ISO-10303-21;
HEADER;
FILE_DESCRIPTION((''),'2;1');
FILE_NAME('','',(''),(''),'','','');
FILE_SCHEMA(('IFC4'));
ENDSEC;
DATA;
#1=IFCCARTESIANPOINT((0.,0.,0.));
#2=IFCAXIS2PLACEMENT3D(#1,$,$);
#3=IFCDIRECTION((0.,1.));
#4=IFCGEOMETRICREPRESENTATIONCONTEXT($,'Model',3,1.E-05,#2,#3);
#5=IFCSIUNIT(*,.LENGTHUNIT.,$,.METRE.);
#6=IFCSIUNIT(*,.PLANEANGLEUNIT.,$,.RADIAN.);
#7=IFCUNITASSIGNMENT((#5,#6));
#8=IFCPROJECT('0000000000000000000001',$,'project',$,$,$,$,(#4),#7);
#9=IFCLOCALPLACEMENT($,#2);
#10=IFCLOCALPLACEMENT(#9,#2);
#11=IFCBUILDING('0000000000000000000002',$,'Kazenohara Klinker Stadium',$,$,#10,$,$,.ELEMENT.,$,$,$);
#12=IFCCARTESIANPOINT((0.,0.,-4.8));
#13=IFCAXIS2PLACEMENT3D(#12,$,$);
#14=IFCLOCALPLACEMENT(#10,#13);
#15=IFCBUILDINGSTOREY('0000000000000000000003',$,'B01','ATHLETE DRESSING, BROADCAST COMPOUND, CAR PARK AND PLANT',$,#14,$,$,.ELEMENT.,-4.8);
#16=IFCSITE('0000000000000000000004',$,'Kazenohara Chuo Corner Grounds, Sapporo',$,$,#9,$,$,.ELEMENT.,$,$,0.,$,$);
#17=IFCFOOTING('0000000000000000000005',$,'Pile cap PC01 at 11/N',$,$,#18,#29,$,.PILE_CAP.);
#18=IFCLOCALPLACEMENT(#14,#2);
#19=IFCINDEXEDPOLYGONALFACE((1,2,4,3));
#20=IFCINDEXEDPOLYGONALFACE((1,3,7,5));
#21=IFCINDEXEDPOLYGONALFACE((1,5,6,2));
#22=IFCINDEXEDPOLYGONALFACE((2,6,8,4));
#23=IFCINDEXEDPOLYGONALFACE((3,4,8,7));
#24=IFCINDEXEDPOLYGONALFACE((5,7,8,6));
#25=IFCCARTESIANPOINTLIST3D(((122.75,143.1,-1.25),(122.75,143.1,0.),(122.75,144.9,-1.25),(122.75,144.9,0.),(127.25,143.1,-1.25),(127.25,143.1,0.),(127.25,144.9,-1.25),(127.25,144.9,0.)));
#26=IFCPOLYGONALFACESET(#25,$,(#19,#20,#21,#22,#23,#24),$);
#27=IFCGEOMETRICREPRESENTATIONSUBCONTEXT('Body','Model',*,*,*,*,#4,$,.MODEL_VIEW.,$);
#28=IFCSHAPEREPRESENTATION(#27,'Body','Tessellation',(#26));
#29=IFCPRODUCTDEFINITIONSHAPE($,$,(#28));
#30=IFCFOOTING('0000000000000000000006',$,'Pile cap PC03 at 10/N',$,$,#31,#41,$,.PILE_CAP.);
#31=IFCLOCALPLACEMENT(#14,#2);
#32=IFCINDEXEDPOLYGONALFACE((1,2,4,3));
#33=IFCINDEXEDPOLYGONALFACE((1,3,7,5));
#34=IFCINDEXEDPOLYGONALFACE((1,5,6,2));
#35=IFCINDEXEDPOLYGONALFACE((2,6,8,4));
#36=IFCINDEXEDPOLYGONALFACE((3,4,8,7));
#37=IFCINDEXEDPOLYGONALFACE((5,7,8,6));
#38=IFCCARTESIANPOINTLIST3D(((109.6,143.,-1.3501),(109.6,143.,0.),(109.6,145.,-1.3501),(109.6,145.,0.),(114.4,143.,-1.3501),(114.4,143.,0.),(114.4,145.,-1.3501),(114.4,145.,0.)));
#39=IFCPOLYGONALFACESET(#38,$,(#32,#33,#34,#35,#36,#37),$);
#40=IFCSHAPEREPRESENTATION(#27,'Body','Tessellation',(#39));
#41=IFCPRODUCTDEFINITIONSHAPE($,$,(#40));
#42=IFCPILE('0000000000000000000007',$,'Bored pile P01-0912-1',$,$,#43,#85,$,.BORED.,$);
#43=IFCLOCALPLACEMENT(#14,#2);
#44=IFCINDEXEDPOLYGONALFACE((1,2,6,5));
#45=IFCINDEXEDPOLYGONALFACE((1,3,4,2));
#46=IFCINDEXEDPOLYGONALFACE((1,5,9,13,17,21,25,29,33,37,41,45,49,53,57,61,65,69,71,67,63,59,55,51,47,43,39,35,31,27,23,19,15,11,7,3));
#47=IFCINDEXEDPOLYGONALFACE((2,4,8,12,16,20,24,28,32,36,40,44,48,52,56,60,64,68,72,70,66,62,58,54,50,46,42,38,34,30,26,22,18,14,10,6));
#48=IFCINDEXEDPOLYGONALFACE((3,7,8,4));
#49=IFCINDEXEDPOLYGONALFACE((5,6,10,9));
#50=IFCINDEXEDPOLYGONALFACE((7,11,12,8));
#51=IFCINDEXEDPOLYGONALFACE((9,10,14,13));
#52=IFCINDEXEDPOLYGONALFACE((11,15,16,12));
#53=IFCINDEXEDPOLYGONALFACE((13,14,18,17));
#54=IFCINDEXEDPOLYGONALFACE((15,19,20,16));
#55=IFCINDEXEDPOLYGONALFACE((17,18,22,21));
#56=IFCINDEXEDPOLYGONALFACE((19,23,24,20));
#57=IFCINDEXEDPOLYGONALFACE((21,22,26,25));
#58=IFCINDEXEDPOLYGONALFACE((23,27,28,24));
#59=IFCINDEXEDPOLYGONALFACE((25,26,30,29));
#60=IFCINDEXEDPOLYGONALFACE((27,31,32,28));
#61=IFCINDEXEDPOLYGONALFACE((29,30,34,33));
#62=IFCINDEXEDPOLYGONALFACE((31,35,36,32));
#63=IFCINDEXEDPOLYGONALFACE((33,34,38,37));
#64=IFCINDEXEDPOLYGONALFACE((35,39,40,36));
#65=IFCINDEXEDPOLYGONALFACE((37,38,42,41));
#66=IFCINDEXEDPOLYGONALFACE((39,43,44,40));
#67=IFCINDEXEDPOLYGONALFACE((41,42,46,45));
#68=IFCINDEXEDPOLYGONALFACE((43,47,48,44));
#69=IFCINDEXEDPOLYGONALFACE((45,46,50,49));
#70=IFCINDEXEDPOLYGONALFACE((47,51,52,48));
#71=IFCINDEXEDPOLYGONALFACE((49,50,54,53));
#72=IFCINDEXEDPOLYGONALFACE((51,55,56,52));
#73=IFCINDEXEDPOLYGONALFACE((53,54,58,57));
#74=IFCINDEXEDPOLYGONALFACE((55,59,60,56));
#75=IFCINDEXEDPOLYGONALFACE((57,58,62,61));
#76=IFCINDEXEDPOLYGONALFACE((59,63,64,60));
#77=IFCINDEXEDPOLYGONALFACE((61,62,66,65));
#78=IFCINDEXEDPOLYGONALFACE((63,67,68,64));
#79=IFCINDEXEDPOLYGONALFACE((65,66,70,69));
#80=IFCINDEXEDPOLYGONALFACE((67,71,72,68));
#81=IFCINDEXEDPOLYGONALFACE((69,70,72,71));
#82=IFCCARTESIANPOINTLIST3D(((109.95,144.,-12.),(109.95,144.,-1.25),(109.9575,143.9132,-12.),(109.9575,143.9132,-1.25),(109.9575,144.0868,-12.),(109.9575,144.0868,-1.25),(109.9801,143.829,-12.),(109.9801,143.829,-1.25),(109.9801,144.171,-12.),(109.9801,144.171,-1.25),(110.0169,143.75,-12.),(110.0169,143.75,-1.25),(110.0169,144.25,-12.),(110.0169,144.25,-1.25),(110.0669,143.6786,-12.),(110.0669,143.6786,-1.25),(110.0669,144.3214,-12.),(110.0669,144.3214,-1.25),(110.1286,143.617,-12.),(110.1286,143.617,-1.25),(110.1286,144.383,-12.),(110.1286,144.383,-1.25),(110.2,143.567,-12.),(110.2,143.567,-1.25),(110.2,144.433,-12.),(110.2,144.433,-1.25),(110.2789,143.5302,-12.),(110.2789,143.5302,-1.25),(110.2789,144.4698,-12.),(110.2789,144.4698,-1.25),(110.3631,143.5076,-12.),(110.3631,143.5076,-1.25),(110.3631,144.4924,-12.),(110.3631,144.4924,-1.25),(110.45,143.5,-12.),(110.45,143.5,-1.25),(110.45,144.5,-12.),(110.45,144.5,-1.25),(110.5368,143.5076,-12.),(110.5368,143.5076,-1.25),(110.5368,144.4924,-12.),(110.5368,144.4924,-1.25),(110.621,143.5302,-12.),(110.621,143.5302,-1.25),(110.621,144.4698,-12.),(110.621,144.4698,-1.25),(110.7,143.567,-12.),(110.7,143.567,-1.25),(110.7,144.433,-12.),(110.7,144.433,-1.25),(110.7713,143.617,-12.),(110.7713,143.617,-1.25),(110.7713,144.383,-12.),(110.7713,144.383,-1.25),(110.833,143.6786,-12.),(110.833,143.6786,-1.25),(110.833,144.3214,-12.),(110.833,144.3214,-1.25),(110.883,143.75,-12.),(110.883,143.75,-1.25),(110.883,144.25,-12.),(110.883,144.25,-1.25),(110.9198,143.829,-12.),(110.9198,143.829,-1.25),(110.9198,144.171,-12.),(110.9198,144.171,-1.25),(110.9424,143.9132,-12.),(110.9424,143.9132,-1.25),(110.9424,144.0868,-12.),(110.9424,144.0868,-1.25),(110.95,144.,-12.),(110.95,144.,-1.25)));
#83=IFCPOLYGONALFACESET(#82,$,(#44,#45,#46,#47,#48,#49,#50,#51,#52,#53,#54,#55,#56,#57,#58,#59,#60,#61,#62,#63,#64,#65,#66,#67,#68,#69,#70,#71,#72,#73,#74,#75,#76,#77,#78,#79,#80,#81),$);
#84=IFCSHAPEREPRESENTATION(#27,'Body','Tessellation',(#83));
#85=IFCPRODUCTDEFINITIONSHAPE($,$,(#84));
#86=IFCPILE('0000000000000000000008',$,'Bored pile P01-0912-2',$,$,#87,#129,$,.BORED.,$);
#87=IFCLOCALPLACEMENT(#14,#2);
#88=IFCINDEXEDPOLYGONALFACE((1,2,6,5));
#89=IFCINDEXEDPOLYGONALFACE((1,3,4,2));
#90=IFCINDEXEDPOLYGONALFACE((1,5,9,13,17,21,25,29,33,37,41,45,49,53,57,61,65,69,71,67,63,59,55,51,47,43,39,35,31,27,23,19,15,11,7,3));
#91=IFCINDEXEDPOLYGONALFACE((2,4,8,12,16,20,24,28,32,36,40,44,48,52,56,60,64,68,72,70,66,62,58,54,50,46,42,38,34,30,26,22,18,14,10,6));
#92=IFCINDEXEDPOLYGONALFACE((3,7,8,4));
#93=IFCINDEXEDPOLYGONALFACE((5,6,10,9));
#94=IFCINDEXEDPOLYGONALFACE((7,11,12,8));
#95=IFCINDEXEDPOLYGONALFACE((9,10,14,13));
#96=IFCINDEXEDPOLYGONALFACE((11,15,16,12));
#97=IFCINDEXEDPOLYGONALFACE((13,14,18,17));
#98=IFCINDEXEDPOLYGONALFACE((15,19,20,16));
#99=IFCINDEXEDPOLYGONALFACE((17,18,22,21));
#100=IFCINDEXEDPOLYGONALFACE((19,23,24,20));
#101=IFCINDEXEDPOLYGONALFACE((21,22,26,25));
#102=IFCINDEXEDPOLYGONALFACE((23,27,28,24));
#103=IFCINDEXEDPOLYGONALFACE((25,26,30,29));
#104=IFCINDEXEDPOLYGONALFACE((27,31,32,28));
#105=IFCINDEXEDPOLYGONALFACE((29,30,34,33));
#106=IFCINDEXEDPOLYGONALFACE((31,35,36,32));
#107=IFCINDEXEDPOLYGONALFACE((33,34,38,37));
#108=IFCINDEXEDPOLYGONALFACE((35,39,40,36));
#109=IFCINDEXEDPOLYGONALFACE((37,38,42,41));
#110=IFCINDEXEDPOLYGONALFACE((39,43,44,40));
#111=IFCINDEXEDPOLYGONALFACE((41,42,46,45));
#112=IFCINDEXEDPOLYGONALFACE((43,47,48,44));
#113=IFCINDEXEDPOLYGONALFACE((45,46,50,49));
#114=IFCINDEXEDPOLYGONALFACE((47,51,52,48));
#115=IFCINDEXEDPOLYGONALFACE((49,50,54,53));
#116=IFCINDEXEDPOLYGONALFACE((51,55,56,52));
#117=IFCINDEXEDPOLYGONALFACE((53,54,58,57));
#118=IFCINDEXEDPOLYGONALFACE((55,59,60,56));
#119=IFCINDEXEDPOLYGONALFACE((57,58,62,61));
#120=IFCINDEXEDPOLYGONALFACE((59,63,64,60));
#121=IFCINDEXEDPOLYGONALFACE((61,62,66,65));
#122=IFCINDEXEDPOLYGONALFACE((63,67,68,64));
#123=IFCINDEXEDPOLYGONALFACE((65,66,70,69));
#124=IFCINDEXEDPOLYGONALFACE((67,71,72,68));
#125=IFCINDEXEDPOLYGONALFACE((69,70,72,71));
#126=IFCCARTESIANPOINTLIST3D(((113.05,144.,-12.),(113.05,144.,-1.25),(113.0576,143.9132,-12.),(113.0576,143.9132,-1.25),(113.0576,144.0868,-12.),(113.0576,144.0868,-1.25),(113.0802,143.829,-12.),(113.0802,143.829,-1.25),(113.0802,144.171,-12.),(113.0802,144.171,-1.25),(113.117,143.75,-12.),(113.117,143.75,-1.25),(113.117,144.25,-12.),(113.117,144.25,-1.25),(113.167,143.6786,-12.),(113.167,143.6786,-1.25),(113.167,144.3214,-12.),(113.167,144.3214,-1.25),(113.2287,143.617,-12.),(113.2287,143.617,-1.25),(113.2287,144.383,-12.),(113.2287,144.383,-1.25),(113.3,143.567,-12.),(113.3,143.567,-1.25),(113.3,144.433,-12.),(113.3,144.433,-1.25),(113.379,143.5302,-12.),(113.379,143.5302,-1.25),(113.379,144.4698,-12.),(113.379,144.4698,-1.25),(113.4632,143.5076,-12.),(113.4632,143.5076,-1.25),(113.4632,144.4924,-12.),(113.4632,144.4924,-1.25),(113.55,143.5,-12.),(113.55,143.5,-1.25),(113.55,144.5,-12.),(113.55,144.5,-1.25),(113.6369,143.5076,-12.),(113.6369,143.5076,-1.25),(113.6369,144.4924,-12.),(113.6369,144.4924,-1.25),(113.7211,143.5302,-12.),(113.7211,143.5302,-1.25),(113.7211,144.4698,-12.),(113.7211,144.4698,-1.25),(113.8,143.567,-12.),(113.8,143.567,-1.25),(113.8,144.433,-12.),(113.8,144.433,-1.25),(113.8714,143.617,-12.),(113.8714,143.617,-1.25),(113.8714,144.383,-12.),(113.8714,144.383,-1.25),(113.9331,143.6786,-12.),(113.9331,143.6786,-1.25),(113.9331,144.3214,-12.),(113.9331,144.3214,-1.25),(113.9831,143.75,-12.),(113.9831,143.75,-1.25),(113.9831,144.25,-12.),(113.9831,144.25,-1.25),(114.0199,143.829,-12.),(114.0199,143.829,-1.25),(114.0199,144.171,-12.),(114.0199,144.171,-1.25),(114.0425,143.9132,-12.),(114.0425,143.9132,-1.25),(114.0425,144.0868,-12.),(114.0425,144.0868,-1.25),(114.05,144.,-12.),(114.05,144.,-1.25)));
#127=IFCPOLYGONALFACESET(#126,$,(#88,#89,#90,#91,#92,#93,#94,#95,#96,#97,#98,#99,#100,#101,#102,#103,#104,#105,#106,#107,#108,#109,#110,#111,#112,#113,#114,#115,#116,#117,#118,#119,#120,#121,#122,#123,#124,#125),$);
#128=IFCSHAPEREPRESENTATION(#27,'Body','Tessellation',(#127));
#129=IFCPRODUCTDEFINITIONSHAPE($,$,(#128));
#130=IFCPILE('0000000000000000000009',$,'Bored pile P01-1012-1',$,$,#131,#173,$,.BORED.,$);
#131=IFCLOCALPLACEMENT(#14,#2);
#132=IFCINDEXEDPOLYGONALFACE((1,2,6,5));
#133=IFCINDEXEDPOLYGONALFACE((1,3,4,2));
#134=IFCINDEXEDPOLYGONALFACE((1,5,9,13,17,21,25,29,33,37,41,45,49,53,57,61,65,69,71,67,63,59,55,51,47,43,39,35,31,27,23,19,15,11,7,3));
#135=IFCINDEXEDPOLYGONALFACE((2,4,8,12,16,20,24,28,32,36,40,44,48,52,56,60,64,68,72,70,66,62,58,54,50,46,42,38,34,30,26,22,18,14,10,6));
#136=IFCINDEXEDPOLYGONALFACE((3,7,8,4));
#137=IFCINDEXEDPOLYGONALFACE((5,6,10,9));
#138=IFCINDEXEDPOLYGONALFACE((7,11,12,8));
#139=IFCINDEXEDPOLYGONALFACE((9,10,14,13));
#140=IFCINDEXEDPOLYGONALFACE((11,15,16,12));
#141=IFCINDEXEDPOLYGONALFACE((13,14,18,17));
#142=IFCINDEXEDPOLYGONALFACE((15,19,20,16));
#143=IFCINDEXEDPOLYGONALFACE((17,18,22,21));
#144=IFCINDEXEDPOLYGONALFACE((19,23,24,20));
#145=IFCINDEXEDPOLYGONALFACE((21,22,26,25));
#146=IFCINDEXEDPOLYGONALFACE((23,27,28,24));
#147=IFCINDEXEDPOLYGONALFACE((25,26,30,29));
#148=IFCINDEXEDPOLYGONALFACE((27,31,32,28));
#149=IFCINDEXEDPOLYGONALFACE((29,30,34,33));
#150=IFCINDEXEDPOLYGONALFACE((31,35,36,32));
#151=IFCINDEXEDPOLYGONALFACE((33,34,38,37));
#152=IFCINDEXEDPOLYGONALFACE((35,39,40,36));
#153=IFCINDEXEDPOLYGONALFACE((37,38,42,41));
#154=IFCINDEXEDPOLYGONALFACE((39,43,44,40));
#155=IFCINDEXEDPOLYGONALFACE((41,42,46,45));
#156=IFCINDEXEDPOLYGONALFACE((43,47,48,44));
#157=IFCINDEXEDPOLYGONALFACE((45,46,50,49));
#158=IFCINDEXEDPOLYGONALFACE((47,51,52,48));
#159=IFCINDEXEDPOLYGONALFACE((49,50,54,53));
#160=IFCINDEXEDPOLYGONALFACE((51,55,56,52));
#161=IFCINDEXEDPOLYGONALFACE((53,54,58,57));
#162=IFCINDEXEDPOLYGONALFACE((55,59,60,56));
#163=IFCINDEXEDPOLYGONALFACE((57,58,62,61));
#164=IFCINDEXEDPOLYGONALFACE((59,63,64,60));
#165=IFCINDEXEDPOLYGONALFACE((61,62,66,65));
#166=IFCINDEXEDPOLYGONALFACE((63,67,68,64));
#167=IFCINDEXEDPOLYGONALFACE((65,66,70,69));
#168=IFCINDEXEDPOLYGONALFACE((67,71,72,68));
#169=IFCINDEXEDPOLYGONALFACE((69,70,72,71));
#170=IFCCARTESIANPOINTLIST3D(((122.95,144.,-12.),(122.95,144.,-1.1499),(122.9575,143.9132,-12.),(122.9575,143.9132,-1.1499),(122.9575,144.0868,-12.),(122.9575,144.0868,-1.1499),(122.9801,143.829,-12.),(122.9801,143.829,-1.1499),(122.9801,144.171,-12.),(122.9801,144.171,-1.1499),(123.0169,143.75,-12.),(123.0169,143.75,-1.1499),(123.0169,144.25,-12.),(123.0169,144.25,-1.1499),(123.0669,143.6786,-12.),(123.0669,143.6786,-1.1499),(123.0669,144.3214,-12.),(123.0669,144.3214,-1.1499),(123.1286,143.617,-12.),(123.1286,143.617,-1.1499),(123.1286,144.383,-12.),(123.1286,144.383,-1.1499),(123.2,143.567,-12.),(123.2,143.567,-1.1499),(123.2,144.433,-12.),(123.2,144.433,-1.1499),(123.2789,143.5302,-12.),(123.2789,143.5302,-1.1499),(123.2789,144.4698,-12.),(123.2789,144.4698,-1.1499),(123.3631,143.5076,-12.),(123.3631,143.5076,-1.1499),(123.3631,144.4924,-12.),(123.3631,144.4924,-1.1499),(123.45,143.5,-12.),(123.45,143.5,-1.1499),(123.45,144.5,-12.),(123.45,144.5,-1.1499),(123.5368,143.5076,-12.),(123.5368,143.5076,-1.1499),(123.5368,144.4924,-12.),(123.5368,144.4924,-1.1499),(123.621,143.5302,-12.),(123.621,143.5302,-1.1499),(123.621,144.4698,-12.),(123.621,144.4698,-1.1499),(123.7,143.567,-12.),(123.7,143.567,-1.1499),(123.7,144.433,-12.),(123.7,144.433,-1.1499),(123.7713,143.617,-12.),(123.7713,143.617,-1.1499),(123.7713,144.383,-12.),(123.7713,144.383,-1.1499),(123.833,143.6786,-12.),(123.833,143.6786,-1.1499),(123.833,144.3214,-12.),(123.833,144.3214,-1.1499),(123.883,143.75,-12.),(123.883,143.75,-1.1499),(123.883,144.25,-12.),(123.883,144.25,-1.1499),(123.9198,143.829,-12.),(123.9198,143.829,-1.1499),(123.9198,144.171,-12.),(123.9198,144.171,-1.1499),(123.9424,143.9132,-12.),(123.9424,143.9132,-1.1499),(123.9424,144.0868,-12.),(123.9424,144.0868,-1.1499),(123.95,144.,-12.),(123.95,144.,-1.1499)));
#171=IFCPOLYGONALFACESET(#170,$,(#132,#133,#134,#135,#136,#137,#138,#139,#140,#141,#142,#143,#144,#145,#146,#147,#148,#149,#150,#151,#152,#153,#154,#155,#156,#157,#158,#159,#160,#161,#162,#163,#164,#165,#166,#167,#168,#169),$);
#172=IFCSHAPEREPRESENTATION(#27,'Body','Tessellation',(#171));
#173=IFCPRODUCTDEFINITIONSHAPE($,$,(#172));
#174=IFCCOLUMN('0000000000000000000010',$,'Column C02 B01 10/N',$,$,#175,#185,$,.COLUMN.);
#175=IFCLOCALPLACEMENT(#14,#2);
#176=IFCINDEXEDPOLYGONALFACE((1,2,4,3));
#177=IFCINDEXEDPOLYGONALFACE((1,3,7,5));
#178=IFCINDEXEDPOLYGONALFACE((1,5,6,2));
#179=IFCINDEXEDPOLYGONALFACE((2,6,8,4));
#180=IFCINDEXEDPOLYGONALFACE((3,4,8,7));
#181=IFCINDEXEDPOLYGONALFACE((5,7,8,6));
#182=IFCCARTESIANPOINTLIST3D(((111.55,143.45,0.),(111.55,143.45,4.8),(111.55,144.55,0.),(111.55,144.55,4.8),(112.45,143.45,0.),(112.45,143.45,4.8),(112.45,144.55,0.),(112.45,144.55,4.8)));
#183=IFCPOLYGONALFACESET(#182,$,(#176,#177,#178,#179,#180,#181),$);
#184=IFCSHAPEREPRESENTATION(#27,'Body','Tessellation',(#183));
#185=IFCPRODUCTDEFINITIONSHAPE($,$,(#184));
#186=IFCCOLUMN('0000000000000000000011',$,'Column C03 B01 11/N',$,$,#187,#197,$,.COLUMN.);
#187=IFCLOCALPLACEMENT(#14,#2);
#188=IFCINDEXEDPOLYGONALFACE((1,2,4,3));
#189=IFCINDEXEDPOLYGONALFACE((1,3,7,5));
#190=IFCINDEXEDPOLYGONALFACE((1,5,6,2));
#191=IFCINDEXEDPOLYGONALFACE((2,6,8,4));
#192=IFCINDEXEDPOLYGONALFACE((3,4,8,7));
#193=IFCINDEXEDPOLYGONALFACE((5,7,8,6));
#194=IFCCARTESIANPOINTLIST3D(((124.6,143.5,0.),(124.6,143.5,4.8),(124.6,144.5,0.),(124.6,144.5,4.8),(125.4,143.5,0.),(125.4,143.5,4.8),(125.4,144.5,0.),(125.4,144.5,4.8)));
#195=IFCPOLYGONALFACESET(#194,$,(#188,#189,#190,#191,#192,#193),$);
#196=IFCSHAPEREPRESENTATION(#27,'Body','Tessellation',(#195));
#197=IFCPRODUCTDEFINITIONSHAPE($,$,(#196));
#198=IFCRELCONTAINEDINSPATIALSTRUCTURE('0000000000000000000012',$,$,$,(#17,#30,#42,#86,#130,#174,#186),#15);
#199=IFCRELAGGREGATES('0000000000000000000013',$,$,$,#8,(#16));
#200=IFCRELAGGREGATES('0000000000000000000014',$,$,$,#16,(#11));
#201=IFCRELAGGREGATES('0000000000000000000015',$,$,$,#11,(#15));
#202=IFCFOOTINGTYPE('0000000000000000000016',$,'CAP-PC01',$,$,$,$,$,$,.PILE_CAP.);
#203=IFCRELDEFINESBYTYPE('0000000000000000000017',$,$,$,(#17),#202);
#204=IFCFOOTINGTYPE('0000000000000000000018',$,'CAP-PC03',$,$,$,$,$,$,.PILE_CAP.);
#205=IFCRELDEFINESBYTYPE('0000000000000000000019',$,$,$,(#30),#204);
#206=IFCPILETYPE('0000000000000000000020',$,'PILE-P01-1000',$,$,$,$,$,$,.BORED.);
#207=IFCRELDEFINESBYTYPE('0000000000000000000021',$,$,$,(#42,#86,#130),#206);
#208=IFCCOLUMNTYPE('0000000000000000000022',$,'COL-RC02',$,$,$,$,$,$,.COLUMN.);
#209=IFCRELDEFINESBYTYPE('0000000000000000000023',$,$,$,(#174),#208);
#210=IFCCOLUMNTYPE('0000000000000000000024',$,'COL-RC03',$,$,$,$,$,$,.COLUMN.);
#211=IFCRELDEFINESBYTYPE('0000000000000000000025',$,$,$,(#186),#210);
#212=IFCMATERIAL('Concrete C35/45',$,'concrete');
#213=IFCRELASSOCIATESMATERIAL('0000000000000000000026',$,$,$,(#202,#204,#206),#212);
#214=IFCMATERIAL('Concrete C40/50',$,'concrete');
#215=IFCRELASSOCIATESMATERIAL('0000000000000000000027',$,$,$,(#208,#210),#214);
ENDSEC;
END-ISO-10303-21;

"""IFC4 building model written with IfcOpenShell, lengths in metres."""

from ifc_helpers import new_model, si_unit, direction, frame, origin, origin_2d, place, context, subcontext, project, spatial, rectangle, circle, extrude, material, material_profile, profile_set, type_object, element, save


model = new_model("IFC4")

# Units and contexts
model_context = context("Model", 3, precision=1e-05, world=origin(), true_north=direction((0.0, 1.0)))
body_context = subcontext(model_context, "Body", "Model", "MODEL_VIEW")
ifc_project = project(units=[si_unit("LENGTHUNIT", "METRE"), si_unit("PLANEANGLEUNIT", "RADIAN")], contexts=[model_context])

# Site, building, storey
site_placement = place(None, origin())
site = spatial("IfcSite", under=ifc_project, at=site_placement, Name="Kazenohara Chuo Corner Grounds, Sapporo", CompositionType="ELEMENT", RefElevation=0.0)
building_placement = place(site_placement, origin())
building = spatial("IfcBuilding", under=site, at=building_placement, Name="Kazenohara Klinker Stadium", CompositionType="ELEMENT")
storey_placement = place(building_placement, frame((0.0, 0.0, -4.8)))
storey = spatial("IfcBuildingStorey", under=building, at=storey_placement, Name="B01", Description="ATHLETE DRESSING, BROADCAST COMPOUND, CAR PARK AND PLANT", CompositionType="ELEMENT", Elevation=-4.8)

# Footings
ifc_material_1 = material(Name="Concrete C35/45", Category="concrete")
footing_type_1 = type_object("IfcFootingType", Name="CAP-PC01", PredefinedType="PILE_CAP", material=ifc_material_1)
footing_1_placement = place(storey_placement, frame((125.0, 144.0, -1.25), z_axis=(0.0, 0.0, 1.0), x_axis=(1.0, 0.0, 0.0)))
element("IfcFooting", 1, at=footing_1_placement, inside=storey, type_object=footing_type_1, Name="Pile cap PC01 at 11/N", PredefinedType="PILE_CAP", context=body_context, shape_type="SweptSolid", body=[
    extrude(rectangle(XDim=4.5, YDim=1.8, at=origin_2d()), origin(), (0.0, 0.0, 1.0), 1.25),
])
footing_type_2 = type_object("IfcFootingType", Name="CAP-PC03", PredefinedType="PILE_CAP", material=ifc_material_1)
footing_2_placement = place(storey_placement, frame((112.0, 144.0, -1.3501), z_axis=(0.0, 0.0, 1.0), x_axis=(1.0, 0.0, 0.0)))
element("IfcFooting", 2, at=footing_2_placement, inside=storey, type_object=footing_type_2, Name="Pile cap PC03 at 10/N", PredefinedType="PILE_CAP", context=body_context, shape_type="SweptSolid", body=[
    extrude(rectangle(XDim=4.8, YDim=2.0, at=origin_2d()), origin(), (0.0, 0.0, 1.0), 1.3501),
])

# Piles
ifc_material_profile_1 = material_profile(ifc_material_1, circle(Radius=0.5, at=origin_2d()), Name="BORED-PILE-1000")
ifc_profile_set_1 = profile_set([ifc_material_profile_1], Name="Concrete C35/45")
pile_type = type_object("IfcPileType", Name="PILE-P01-1000", PredefinedType="BORED", material=ifc_profile_set_1)
for number, where, z_axis, x_axis, name in (
    (3, (110.45, 144.0, -1.25), (0.0, 0.0, -1.0), (1.0, 0.0, 0.0), "Bored pile P01-0912-1"),
    (4, (113.55, 144.0, -1.25), (0.0, 0.0, -1.0), (1.0, 0.0, 0.0), "Bored pile P01-0912-2"),
):
    element("IfcPile", number, at=place(storey_placement, frame(where, z_axis=z_axis, x_axis=x_axis)), inside=storey, type_object=pile_type, Name=name, PredefinedType="BORED", context=body_context, shape_type="SweptSolid", body=[
        extrude(circle(Radius=0.5, at=origin_2d()), origin(), (0.0, 0.0, 1.0), 10.75),
    ])
pile_placement = place(storey_placement, frame((123.45, 144.0, -1.1499), z_axis=(0.0, 0.0, -1.0), x_axis=(1.0, 0.0, 0.0)))
element("IfcPile", 5, at=pile_placement, inside=storey, type_object=pile_type, Name="Bored pile P01-1012-1", PredefinedType="BORED", context=body_context, shape_type="SweptSolid", body=[
    extrude(circle(Radius=0.5, at=origin_2d()), origin(), (0.0, 0.0, 1.0), 10.8501),
])

# Columns
ifc_material_2 = material(Name="Concrete C40/50", Category="concrete")
ifc_material_profile_2 = material_profile(ifc_material_2, rectangle(XDim=0.8999, YDim=1.1001, at=origin_2d()), Name="RC-COL-1100x900")
ifc_profile_set_2 = profile_set([ifc_material_profile_2], Name="Concrete C40/50")
column_type_1 = type_object("IfcColumnType", Name="COL-RC02", PredefinedType="COLUMN", material=ifc_profile_set_2)
column_1_placement = place(storey_placement, frame((112.0, 144.0, 0.0), z_axis=(0.0, 0.0, 1.0), x_axis=(1.0, 0.0, 0.0)))
element("IfcColumn", 6, at=column_1_placement, inside=storey, type_object=column_type_1, Name="Column C02 B01 10/N", PredefinedType="COLUMN", context=body_context, shape_type="SweptSolid", body=[
    extrude(rectangle(XDim=0.8999, YDim=1.1001, at=origin_2d()), origin(), (0.0, 0.0, 1.0), 4.8),
])
ifc_material_profile_3 = material_profile(ifc_material_2, rectangle(XDim=0.8, YDim=1.0, at=origin_2d()), Name="RC-COL-1000x800")
ifc_profile_set_3 = profile_set([ifc_material_profile_3], Name="Concrete C40/50")
column_type_2 = type_object("IfcColumnType", Name="COL-RC03", PredefinedType="COLUMN", material=ifc_profile_set_3)
column_2_placement = place(storey_placement, frame((125.0, 144.0, 0.0), z_axis=(0.0, 0.0, 1.0), x_axis=(1.0, 0.0, 0.0)))
element("IfcColumn", 7, at=column_2_placement, inside=storey, type_object=column_type_2, Name="Column C03 B01 11/N", PredefinedType="COLUMN", context=body_context, shape_type="SweptSolid", body=[
    extrude(rectangle(XDim=0.8, YDim=1.0, at=origin_2d()), origin(), (0.0, 0.0, 1.0), 4.8),
])

save(model, "model.ifc")
